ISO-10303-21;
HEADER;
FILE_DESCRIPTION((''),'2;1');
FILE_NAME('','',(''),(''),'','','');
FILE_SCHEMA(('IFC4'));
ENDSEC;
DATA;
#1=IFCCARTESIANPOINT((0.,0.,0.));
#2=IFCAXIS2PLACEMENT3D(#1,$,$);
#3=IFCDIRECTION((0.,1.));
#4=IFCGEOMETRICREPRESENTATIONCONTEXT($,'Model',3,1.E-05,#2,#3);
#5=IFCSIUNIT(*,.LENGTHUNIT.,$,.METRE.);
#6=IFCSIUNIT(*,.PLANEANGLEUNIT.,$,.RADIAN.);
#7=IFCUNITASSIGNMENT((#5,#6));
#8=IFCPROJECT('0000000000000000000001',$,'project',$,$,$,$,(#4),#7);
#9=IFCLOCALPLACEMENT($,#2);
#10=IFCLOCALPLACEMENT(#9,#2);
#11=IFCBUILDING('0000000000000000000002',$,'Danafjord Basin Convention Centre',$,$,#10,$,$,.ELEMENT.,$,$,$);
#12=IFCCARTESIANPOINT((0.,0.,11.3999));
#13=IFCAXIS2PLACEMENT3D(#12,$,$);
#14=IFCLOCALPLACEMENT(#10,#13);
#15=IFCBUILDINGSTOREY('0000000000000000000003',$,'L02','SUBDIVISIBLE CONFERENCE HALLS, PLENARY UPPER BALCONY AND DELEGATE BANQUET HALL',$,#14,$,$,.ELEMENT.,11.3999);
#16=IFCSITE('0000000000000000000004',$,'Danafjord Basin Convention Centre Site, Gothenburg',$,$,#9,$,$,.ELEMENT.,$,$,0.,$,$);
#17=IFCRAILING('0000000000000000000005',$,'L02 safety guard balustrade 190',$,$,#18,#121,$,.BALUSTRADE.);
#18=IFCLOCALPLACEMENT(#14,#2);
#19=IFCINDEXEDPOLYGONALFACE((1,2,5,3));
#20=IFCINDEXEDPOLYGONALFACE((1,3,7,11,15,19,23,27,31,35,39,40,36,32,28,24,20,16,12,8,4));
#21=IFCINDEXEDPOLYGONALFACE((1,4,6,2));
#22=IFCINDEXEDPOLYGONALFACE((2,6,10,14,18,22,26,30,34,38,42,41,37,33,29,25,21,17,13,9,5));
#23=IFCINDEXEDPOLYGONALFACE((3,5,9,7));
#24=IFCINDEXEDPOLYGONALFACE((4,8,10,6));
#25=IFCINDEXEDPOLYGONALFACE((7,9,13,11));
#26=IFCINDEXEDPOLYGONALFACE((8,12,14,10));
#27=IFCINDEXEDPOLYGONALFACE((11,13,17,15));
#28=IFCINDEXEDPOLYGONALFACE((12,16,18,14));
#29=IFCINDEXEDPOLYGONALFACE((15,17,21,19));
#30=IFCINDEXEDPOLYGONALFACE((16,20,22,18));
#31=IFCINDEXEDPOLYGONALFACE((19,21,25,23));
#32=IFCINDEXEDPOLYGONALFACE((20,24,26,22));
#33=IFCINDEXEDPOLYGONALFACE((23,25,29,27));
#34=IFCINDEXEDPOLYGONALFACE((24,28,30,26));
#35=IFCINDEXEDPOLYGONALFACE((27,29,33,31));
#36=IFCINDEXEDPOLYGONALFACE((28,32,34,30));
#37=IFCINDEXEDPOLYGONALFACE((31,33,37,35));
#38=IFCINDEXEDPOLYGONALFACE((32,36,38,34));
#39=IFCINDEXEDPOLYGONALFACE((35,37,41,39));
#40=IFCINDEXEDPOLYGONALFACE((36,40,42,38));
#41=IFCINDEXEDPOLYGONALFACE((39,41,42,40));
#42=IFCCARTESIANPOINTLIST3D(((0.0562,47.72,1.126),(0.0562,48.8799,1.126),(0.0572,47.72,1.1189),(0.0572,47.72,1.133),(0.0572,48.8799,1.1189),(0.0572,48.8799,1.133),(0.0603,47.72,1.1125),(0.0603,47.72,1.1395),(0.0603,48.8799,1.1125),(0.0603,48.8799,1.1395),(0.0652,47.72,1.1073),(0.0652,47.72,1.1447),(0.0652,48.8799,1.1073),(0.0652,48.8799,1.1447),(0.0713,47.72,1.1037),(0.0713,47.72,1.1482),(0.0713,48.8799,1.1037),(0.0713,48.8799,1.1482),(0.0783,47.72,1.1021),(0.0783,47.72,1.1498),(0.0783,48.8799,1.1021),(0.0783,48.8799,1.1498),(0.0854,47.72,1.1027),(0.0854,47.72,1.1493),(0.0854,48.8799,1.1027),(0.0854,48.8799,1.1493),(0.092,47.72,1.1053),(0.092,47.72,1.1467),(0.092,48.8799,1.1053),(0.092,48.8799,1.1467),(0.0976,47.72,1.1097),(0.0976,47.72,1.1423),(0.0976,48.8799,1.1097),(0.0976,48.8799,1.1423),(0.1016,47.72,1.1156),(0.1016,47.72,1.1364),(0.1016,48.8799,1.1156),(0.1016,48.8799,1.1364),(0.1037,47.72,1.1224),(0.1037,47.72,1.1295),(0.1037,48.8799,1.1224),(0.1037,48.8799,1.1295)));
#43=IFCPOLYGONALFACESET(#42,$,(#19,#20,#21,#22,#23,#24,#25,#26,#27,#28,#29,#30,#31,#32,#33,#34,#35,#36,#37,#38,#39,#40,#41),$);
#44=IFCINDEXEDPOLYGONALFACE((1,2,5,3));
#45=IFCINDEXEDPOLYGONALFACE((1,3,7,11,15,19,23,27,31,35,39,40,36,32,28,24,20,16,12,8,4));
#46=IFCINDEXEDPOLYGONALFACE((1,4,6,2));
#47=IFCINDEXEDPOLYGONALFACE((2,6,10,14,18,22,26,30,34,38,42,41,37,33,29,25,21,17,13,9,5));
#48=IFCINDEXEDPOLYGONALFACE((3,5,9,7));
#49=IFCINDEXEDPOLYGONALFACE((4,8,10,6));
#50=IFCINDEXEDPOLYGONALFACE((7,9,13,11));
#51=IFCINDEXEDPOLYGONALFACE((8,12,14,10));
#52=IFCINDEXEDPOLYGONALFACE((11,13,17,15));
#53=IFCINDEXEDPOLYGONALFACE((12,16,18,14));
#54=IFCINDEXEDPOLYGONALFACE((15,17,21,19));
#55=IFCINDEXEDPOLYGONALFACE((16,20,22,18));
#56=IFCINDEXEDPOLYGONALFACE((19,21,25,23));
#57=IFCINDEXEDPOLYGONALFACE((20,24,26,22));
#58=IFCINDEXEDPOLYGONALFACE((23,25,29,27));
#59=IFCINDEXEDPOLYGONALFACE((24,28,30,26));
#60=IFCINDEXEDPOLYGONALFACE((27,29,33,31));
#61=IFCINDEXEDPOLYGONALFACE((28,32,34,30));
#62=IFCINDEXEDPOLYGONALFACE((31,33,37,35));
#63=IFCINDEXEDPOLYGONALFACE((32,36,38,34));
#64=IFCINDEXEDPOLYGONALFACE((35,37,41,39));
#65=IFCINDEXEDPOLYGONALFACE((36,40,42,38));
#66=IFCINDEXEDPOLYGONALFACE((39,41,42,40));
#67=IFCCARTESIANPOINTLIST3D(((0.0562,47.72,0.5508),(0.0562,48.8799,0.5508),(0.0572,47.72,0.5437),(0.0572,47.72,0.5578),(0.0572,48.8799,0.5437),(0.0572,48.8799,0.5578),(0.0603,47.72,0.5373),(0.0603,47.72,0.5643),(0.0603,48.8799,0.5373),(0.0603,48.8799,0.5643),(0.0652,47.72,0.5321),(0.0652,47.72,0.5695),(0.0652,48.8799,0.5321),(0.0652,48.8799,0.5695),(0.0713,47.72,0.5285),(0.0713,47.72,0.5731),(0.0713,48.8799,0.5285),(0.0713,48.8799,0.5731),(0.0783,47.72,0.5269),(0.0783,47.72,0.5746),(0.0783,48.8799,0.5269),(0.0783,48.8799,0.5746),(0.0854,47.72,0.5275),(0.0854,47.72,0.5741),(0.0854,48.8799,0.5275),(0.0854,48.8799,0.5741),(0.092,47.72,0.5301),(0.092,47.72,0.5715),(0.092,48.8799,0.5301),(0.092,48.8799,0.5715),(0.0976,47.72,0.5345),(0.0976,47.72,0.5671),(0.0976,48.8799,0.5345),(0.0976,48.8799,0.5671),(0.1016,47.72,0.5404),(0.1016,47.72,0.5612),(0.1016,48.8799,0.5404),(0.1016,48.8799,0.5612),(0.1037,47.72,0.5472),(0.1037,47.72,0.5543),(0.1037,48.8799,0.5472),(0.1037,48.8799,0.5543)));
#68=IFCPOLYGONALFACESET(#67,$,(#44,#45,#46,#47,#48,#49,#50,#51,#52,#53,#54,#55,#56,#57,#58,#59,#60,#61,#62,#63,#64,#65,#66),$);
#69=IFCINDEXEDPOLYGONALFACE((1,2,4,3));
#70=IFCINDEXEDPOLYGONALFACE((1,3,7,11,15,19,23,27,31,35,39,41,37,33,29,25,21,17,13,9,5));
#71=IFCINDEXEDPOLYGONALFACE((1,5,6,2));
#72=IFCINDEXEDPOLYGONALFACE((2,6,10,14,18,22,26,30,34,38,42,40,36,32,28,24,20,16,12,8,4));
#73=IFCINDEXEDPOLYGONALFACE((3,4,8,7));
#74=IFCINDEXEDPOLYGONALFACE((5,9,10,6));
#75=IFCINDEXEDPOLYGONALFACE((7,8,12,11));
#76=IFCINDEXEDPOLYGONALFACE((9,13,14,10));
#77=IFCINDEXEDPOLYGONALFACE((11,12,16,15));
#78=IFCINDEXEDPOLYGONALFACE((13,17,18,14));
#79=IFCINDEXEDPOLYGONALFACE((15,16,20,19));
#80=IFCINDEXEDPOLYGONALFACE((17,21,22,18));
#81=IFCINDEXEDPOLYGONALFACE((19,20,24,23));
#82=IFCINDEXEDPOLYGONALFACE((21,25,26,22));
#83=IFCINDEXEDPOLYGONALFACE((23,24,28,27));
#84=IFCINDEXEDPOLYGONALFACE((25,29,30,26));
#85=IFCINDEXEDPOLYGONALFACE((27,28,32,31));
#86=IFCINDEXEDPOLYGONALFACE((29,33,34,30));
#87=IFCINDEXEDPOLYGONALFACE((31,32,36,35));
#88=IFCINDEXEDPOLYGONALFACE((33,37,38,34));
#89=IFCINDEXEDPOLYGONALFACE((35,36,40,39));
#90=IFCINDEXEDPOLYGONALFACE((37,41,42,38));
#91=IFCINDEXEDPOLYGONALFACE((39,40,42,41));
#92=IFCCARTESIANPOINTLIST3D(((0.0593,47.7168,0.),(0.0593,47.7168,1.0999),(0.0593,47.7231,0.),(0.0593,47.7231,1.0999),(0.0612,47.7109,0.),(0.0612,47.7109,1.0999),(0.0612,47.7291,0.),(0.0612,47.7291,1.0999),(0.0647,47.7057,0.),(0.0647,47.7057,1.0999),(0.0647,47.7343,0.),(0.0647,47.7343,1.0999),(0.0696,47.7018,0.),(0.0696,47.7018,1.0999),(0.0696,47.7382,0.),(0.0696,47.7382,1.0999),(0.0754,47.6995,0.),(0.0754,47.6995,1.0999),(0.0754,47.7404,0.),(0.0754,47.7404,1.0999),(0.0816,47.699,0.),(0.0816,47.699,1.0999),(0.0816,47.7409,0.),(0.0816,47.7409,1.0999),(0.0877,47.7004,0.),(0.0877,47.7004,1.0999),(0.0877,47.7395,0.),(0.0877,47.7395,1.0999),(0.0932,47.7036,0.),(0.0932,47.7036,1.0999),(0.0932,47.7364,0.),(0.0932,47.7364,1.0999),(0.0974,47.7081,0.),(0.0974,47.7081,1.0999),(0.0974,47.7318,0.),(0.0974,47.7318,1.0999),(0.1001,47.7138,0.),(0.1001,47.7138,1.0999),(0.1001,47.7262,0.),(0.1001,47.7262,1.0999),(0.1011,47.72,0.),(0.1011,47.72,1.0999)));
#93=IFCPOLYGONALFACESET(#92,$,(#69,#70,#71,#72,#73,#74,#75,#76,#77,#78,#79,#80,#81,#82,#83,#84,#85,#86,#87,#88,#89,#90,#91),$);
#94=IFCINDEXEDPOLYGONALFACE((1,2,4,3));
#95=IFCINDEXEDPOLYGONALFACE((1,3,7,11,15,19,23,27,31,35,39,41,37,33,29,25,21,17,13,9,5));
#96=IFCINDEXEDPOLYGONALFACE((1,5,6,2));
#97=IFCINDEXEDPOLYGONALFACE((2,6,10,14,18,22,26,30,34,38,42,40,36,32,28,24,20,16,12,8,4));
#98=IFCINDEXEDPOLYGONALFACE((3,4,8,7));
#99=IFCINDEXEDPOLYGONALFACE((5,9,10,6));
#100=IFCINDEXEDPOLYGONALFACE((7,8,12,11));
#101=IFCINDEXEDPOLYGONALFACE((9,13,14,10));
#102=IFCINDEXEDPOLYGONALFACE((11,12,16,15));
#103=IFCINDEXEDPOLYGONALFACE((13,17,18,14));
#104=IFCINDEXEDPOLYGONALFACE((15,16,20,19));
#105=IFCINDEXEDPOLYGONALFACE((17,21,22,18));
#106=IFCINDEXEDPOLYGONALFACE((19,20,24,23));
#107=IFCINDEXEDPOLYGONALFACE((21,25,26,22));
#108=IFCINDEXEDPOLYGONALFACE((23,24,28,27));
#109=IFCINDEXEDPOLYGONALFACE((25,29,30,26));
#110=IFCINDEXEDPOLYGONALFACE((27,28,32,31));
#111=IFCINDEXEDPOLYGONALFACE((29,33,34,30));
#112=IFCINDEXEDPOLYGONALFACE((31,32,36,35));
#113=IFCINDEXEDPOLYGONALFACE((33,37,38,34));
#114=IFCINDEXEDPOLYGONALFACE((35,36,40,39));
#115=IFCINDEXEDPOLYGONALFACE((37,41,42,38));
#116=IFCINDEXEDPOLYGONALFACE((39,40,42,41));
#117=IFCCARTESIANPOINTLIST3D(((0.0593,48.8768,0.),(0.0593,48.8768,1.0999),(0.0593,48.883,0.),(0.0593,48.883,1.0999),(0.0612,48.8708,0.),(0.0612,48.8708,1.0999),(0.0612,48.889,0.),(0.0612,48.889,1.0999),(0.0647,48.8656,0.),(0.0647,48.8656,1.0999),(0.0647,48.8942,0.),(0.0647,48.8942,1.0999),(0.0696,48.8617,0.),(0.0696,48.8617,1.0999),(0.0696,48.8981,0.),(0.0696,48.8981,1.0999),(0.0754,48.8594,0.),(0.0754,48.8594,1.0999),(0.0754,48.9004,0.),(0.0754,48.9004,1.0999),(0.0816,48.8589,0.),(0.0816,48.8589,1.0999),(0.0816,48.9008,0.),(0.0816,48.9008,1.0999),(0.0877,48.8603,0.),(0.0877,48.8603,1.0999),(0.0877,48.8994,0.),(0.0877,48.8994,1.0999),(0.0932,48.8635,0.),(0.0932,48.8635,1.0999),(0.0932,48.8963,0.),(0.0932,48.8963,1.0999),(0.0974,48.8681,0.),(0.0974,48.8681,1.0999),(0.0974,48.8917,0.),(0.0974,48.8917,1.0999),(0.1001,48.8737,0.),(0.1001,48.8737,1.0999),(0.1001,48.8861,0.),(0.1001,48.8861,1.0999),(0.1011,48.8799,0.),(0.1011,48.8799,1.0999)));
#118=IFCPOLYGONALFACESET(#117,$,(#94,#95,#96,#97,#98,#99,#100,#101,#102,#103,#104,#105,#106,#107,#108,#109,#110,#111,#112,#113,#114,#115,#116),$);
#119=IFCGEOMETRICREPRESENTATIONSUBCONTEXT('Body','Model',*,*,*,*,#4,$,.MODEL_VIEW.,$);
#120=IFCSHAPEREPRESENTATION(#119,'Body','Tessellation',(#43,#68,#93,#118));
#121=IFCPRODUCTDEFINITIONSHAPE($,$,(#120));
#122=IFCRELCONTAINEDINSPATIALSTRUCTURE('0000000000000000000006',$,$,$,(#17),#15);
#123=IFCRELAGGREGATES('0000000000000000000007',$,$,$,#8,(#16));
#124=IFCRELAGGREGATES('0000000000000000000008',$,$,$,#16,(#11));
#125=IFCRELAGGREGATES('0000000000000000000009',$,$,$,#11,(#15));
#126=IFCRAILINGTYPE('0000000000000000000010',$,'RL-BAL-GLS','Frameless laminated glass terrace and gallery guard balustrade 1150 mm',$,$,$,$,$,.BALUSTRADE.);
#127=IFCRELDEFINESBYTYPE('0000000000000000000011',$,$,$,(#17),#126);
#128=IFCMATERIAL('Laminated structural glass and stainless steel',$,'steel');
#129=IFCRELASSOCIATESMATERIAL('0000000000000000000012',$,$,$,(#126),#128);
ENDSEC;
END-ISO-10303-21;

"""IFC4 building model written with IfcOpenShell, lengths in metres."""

from ifc_helpers import new_model, si_unit, direction, frame, origin, origin_2d, place, context, subcontext, project, spatial, circle, extrude, material, type_object, element, save


model = new_model("IFC4")

# Units and contexts
model_context = context("Model", 3, precision=1e-05, world=origin(), true_north=direction((0.0, 1.0)))
body_context = subcontext(model_context, "Body", "Model", "MODEL_VIEW")
ifc_project = project(units=[si_unit("LENGTHUNIT", "METRE"), si_unit("PLANEANGLEUNIT", "RADIAN")], contexts=[model_context])

# Site, building, storey
site_placement = place(None, origin())
site = spatial("IfcSite", under=ifc_project, at=site_placement, Name="Danafjord Basin Convention Centre Site, Gothenburg", CompositionType="ELEMENT", RefElevation=0.0)
building_placement = place(site_placement, origin())
building = spatial("IfcBuilding", under=site, at=building_placement, Name="Danafjord Basin Convention Centre", CompositionType="ELEMENT")
storey_placement = place(building_placement, frame((0.0, 0.0, 11.3999)))
storey = spatial("IfcBuildingStorey", under=building, at=storey_placement, Name="L02", Description="SUBDIVISIBLE CONFERENCE HALLS, PLENARY UPPER BALCONY AND DELEGATE BANQUET HALL", CompositionType="ELEMENT", Elevation=11.3999)

# Railing
ifc_material_1 = material(Name="Laminated structural glass and stainless steel", Category="steel")
railing_type_1 = type_object("IfcRailingType", Name="RL-BAL-GLS", Description="Frameless laminated glass terrace and gallery guard balustrade 1150 mm", PredefinedType="BALUSTRADE", material=ifc_material_1)
railing_1_placement = place(storey_placement, frame((0.0801, 47.72, 0.0)))
element("IfcRailing", 1, at=railing_1_placement, inside=storey, type_object=railing_type_1, Name="L02 safety guard balustrade 190", PredefinedType="BALUSTRADE", context=body_context, shape_type="SweptSolid", body=[
    extrude(circle(Radius=0.0239, at=origin_2d()), frame((0.0, 0.0, 1.126), z_axis=(0.0, 1.0, 0.0), x_axis=(-1.0, 0.0, 0.0)), (0.0, 0.0, 1.0), 1.1599),
    extrude(circle(Radius=0.0239, at=origin_2d()), frame((0.0, 0.0, 0.5508), z_axis=(0.0, 1.0, 0.0), x_axis=(-1.0, 0.0, 0.0)), (0.0, 0.0, 1.0), 1.1599),
    extrude(circle(Radius=0.021, at=origin_2d()), origin(), (0.0, 0.0, 1.0), 1.0999),
    extrude(circle(Radius=0.021, at=origin_2d()), frame((0.0, 1.1599, 0.0)), (0.0, 0.0, 1.0), 1.0999),
])

save(model, "model.ifc")
